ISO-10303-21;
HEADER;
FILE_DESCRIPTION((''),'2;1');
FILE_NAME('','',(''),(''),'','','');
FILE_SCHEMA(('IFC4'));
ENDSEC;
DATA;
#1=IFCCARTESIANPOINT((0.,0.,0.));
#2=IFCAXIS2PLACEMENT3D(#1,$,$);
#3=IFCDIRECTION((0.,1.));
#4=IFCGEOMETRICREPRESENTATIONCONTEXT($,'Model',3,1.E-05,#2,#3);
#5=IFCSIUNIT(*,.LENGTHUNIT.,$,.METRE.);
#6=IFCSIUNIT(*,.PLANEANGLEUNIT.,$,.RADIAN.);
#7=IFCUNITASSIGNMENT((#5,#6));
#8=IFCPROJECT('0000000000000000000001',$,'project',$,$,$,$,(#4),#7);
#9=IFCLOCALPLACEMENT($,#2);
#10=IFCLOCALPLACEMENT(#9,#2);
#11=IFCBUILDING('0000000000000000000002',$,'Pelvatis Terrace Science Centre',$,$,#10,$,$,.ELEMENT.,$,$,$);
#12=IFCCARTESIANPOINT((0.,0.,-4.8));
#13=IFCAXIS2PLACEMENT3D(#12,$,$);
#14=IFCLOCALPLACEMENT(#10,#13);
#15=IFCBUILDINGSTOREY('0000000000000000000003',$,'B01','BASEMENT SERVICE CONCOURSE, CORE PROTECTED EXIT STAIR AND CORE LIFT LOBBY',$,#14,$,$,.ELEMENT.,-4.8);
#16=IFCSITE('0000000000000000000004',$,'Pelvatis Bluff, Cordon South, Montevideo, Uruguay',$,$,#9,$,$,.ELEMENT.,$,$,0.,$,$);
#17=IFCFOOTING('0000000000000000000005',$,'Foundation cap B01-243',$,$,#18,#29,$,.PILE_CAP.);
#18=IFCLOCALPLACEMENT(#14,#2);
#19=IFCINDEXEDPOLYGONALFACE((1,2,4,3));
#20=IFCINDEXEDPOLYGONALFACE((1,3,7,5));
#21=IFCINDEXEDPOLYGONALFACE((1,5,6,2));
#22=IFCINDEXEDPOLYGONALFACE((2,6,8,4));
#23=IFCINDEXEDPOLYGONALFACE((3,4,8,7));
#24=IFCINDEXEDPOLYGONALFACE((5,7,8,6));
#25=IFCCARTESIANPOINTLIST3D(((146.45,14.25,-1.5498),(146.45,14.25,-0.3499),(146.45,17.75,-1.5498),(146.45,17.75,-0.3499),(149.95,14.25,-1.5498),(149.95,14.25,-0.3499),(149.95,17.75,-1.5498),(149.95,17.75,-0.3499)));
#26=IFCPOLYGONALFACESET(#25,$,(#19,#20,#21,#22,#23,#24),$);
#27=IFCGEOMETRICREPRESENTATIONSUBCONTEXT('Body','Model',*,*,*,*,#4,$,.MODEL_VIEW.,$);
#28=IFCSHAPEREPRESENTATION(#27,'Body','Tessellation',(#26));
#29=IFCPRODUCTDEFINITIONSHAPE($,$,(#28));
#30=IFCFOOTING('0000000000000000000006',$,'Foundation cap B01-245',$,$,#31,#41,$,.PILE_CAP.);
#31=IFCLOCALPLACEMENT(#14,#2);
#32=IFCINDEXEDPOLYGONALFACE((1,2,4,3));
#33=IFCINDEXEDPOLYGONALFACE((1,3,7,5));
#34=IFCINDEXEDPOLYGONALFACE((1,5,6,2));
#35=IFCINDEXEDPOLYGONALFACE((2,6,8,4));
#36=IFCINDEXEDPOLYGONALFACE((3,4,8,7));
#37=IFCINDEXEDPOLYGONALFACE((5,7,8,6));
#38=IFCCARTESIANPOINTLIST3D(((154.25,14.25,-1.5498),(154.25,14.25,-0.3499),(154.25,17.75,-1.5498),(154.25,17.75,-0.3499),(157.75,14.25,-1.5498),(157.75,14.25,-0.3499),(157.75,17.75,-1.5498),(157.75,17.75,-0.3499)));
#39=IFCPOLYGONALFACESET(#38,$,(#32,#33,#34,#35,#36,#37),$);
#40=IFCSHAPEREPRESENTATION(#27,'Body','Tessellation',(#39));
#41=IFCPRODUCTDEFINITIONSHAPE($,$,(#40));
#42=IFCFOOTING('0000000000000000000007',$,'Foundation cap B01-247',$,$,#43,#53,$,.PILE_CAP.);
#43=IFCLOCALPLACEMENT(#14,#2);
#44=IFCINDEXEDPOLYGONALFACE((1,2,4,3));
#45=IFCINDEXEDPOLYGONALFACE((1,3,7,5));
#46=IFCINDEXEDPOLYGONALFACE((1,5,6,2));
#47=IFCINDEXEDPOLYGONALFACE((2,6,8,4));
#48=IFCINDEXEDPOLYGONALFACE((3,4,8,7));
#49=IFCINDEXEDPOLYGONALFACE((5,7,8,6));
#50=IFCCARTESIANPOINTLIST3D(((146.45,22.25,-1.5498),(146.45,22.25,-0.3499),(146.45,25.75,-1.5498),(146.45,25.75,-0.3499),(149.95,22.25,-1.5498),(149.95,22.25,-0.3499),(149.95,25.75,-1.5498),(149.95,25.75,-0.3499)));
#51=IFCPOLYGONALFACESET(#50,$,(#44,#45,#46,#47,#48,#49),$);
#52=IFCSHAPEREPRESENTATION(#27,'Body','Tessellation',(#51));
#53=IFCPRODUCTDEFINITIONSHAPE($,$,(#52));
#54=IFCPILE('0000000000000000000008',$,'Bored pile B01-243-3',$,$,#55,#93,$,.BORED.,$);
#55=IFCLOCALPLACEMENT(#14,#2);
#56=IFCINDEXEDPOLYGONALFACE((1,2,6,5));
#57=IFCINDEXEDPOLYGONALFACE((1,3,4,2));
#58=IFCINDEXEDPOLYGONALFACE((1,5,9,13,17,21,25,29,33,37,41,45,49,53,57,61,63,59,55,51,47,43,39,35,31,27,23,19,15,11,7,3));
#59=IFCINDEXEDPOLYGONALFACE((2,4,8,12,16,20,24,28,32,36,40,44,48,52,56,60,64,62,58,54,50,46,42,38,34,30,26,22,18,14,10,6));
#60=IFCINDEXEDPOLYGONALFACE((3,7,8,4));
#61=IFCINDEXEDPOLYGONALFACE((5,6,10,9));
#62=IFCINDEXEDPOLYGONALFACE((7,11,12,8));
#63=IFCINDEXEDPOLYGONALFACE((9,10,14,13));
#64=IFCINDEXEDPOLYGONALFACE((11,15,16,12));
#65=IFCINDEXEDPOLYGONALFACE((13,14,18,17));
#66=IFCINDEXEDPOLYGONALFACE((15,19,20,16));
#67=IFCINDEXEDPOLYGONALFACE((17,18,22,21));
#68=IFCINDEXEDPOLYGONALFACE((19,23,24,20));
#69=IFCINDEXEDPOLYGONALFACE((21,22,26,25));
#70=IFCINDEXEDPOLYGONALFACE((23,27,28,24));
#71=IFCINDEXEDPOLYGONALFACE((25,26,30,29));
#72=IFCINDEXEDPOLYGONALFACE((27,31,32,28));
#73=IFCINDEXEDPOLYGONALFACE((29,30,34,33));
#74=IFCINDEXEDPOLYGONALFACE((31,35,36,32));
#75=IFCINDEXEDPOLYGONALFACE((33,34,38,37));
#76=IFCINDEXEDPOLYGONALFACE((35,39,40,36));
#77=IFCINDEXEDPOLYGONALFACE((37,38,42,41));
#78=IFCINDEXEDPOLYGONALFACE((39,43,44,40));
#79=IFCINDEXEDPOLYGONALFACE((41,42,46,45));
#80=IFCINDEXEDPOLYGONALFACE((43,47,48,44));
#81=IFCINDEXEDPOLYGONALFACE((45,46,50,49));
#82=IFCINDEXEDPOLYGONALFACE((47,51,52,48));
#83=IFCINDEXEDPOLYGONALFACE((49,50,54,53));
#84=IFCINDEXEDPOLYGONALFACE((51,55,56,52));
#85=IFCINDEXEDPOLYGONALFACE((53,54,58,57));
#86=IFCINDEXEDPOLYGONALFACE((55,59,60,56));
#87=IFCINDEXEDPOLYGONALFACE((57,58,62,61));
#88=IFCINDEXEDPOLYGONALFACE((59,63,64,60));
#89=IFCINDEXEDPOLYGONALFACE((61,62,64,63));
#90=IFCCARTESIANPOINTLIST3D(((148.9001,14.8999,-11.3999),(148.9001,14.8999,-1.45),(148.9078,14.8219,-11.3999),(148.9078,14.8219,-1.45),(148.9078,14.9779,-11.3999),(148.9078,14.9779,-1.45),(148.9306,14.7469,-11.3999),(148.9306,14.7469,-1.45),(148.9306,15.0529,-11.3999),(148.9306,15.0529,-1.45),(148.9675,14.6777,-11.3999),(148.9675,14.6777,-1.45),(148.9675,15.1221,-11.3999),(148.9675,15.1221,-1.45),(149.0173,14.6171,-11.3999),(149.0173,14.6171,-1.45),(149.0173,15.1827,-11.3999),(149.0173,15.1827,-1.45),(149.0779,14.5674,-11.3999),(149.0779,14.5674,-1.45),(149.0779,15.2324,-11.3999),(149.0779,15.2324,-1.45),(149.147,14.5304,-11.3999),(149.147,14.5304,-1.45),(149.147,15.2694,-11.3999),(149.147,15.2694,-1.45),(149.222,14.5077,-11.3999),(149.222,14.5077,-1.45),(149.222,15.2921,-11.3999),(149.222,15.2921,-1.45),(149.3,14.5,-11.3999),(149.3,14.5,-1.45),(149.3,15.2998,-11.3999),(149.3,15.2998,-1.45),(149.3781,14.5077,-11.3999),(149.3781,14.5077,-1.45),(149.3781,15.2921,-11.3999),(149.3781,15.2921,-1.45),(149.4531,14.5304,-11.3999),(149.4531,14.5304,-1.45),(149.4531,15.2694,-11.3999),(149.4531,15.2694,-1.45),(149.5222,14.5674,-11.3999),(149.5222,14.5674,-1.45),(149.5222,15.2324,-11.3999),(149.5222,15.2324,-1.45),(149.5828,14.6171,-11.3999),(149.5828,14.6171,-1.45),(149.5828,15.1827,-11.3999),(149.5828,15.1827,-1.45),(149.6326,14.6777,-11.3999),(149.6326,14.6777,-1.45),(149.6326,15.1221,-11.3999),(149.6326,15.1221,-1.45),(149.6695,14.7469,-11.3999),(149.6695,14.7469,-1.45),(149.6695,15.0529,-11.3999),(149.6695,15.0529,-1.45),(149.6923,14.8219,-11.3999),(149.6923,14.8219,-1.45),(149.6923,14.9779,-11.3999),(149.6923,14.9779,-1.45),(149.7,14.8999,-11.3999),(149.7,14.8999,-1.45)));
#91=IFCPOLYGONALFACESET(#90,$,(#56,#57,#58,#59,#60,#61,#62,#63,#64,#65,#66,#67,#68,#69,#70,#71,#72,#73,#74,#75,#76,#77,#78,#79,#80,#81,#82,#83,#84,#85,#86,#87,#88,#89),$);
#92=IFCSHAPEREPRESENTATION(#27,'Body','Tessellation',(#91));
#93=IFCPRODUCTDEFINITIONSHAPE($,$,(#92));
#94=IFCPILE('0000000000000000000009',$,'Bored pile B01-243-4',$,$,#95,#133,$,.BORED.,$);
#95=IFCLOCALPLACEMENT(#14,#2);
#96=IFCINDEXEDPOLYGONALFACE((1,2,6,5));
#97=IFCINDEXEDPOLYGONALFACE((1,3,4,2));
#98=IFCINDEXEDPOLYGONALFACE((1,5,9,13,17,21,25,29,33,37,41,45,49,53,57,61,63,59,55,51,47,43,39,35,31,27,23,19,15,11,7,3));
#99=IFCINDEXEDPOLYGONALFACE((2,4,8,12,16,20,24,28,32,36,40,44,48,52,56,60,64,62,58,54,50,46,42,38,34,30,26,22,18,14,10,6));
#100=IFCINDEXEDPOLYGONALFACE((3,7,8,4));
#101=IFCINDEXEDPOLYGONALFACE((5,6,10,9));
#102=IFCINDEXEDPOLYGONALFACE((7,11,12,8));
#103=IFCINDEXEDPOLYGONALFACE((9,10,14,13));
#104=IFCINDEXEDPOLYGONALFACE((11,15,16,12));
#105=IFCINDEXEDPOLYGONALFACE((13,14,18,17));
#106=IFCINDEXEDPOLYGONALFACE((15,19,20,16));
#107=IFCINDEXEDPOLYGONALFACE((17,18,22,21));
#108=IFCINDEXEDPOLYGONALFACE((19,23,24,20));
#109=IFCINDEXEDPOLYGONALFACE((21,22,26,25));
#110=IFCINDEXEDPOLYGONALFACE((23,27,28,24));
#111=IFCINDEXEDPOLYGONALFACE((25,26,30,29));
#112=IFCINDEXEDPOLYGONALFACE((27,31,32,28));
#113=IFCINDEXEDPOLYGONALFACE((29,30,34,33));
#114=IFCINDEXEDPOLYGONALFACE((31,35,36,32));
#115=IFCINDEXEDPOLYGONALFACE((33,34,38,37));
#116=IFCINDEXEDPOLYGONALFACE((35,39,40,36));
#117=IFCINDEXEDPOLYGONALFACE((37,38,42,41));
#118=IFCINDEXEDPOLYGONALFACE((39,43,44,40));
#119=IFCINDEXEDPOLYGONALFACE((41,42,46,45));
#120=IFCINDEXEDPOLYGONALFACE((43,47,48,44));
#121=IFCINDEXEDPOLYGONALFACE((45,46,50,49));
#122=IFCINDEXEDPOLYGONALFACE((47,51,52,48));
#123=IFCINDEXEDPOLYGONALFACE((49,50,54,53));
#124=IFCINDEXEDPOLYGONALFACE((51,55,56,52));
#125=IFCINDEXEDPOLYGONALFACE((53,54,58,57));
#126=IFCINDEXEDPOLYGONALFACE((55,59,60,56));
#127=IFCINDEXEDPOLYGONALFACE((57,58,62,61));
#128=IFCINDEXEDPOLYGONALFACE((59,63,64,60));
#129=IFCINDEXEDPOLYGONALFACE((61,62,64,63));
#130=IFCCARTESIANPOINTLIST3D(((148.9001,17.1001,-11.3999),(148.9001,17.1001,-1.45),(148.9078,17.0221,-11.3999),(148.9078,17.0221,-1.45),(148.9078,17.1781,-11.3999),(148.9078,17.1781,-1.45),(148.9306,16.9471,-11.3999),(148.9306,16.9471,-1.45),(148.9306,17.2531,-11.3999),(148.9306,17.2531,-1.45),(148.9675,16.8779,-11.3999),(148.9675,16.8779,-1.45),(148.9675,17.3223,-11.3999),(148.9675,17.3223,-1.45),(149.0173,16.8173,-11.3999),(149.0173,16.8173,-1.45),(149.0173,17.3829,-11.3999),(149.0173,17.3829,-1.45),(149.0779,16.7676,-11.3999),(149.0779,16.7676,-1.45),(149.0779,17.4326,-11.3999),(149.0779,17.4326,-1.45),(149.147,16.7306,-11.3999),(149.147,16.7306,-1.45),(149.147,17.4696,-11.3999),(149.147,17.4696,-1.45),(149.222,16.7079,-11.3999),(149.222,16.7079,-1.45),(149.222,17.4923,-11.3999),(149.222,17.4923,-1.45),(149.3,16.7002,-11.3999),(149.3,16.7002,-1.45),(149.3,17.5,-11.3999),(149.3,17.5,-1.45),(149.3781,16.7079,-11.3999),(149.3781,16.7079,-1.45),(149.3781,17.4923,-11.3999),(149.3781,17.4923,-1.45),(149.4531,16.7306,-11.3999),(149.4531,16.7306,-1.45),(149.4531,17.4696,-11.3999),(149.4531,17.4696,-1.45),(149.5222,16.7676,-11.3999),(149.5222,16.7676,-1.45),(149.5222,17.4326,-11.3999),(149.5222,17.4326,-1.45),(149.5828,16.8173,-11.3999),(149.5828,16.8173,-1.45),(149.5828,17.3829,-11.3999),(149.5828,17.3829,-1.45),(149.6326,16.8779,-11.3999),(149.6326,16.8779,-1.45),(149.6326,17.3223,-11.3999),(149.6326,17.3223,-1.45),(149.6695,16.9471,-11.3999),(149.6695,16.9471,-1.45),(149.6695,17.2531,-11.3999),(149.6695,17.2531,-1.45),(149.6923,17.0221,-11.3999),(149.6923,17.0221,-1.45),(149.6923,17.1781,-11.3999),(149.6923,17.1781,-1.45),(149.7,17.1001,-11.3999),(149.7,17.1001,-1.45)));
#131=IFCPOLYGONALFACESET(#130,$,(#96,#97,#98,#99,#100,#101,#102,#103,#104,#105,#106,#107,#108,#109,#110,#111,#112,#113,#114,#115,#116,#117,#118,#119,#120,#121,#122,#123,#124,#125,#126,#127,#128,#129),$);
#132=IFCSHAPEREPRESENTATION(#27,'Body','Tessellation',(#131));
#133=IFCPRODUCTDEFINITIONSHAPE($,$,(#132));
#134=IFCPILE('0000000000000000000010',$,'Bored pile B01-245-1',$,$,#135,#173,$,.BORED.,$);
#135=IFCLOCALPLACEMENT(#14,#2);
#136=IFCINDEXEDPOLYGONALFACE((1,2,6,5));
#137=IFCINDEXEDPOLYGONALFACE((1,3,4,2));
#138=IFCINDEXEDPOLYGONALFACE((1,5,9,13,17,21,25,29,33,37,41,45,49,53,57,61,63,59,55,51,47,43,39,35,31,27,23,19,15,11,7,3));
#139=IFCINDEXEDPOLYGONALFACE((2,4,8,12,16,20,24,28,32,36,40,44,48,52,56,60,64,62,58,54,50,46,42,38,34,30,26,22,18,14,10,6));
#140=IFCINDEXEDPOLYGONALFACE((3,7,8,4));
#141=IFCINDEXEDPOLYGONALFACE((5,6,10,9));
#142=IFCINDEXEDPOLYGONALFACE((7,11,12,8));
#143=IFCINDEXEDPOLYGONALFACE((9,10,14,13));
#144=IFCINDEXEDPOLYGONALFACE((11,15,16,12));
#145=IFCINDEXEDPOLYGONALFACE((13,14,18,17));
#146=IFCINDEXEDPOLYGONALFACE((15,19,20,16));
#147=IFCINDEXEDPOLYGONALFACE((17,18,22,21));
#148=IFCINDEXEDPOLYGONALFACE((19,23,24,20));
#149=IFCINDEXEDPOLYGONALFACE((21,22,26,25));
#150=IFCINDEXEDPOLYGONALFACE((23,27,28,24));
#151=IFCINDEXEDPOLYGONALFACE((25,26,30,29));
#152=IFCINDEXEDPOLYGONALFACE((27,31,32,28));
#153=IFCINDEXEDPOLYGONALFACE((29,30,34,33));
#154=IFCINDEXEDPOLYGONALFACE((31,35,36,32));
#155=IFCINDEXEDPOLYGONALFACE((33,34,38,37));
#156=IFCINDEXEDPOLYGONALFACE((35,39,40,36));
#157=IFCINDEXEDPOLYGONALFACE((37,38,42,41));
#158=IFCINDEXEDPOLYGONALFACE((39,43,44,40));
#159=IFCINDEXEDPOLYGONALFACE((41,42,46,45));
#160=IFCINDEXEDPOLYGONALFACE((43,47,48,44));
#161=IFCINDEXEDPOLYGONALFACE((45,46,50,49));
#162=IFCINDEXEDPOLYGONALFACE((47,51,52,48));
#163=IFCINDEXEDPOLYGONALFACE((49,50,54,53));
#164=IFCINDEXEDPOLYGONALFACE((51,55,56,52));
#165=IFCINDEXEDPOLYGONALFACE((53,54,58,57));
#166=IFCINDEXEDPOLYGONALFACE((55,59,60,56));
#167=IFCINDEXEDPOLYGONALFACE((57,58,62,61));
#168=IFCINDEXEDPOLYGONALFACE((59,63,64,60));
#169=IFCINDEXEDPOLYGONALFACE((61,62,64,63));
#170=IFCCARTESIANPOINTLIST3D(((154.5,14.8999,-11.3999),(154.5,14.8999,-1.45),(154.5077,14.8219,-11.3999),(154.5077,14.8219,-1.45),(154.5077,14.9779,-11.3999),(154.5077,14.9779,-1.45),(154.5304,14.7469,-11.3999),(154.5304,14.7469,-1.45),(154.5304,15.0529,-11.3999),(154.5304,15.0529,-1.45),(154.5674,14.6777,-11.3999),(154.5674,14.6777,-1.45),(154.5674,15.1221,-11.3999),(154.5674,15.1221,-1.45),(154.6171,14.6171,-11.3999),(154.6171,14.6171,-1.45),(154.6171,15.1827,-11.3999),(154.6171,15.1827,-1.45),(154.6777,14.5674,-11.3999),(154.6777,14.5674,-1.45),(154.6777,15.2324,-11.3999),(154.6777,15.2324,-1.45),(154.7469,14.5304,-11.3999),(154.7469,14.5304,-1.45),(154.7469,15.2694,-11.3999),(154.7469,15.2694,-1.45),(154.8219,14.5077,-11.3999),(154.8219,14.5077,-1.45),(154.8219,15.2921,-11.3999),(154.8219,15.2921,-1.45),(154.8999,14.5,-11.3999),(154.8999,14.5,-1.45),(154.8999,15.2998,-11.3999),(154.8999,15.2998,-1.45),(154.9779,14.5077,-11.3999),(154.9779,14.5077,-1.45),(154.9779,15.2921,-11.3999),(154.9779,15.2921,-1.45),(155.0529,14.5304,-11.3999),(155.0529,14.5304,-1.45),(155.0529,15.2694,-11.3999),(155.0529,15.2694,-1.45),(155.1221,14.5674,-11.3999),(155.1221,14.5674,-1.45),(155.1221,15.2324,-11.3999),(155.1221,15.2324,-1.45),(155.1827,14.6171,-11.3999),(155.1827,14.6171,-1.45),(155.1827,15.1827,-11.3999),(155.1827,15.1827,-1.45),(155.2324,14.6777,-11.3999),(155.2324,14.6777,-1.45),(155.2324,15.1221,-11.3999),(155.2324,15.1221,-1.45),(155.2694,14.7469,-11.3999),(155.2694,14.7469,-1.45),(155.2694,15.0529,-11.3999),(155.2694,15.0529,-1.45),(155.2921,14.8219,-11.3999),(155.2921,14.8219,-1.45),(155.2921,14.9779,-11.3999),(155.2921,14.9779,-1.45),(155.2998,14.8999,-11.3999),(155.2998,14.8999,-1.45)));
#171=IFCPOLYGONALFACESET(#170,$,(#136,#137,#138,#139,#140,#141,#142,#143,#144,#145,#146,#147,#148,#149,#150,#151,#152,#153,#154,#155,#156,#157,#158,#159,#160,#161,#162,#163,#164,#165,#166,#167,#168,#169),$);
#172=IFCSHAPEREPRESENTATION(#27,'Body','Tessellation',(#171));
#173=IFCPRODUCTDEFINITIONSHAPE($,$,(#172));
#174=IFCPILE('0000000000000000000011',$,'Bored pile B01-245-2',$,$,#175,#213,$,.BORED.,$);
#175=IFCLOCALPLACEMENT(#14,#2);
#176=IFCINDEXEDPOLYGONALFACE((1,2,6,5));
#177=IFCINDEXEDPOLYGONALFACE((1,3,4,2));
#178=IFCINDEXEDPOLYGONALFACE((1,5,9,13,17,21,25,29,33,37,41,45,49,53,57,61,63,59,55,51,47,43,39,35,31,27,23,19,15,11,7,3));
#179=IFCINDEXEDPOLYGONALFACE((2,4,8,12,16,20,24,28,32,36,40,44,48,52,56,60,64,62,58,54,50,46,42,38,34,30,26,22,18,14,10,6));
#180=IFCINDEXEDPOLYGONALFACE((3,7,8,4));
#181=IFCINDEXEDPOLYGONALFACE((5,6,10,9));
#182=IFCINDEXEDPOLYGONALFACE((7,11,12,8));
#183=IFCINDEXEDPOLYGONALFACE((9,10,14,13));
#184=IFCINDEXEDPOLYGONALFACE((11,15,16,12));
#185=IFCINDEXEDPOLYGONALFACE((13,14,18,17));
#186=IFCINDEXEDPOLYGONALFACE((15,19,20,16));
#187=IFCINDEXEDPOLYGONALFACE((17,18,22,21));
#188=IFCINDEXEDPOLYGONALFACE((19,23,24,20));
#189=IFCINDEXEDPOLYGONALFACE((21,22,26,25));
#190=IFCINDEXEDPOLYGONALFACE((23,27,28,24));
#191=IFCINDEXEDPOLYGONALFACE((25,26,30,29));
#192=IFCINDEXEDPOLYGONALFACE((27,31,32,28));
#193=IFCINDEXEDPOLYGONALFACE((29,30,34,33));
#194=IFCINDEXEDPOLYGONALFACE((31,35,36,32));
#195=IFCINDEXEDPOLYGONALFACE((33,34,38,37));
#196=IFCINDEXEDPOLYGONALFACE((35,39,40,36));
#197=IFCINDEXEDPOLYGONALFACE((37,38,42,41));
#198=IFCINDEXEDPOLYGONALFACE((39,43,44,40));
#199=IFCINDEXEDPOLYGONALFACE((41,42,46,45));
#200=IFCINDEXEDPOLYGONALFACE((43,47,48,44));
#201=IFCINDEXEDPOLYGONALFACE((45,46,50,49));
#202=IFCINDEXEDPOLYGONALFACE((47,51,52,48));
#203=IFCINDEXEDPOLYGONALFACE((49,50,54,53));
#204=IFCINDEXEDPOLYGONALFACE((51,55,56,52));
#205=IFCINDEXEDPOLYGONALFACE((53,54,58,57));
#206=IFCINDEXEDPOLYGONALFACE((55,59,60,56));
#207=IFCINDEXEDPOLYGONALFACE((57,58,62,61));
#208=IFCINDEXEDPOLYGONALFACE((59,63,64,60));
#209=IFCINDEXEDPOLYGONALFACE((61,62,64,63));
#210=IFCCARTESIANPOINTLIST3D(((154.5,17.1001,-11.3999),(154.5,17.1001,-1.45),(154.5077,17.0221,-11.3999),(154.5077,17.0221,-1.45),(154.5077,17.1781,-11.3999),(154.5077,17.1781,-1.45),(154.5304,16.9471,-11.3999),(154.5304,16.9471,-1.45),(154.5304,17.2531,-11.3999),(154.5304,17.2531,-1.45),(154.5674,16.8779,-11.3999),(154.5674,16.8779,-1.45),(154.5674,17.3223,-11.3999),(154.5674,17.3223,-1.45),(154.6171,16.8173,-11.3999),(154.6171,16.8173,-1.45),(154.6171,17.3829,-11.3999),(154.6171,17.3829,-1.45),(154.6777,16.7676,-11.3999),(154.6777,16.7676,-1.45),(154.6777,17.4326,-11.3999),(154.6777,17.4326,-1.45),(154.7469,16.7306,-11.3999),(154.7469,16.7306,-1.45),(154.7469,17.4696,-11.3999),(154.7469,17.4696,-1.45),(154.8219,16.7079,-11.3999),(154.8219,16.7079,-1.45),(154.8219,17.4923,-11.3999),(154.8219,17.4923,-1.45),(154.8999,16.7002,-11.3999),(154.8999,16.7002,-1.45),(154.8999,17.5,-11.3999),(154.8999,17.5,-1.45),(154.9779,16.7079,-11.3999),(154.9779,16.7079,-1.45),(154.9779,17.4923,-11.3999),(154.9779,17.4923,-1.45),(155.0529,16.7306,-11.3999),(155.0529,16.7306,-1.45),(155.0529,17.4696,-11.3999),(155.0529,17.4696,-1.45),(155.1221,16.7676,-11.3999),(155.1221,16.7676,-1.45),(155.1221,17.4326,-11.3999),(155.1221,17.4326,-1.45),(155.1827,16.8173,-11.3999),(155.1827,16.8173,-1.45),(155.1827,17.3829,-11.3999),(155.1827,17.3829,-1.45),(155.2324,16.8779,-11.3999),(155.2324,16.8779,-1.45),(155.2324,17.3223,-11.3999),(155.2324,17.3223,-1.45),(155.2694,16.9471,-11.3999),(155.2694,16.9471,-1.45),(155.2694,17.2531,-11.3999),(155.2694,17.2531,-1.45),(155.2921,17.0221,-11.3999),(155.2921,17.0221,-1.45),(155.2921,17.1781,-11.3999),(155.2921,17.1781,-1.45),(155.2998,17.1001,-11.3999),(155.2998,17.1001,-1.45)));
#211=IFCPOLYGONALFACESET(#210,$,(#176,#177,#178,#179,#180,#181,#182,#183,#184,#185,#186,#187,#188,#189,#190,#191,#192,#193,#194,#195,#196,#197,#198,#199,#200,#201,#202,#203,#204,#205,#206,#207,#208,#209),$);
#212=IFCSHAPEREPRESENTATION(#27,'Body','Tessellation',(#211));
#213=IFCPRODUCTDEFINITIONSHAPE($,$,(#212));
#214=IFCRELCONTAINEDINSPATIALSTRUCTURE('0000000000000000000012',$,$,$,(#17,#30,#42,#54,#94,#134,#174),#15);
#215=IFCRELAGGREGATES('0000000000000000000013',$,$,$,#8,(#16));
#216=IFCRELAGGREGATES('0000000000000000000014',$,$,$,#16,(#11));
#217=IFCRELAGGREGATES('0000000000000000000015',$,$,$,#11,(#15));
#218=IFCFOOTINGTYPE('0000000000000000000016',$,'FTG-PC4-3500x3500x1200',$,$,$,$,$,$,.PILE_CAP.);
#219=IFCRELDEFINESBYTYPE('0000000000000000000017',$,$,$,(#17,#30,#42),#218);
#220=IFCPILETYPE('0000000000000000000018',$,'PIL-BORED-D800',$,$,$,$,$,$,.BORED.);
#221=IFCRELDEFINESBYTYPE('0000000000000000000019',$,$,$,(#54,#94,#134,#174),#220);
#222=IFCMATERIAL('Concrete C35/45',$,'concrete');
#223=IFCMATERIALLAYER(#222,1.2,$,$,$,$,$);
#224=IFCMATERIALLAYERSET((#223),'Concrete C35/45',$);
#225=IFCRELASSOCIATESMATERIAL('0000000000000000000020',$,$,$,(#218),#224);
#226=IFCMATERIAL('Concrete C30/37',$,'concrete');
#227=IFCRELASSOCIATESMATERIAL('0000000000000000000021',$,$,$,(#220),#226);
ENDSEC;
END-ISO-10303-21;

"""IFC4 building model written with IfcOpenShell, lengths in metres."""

from ifc_helpers import new_model, si_unit, direction, frame, origin, origin_2d, place, context, subcontext, project, spatial, rectangle, circle, extrude, material, layer, layer_set, material_profile, profile_set, type_object, element, save


model = new_model("IFC4")

# Units and contexts
model_context = context("Model", 3, precision=1e-05, world=origin(), true_north=direction((0.0, 1.0)))
body_context = subcontext(model_context, "Body", "Model", "MODEL_VIEW")
ifc_project = project(units=[si_unit("LENGTHUNIT", "METRE"), si_unit("PLANEANGLEUNIT", "RADIAN")], contexts=[model_context])

# Site, building, storey
site_placement = place(None, origin())
site = spatial("IfcSite", under=ifc_project, at=site_placement, Name="Pelvatis Bluff, Cordon South, Montevideo, Uruguay", CompositionType="ELEMENT", RefElevation=0.0)
building_placement = place(site_placement, origin())
building = spatial("IfcBuilding", under=site, at=building_placement, Name="Pelvatis Terrace Science Centre", CompositionType="ELEMENT")
storey_placement = place(building_placement, frame((0.0, 0.0, -4.8)))
storey = spatial("IfcBuildingStorey", under=building, at=storey_placement, Name="B01", Description="BASEMENT SERVICE CONCOURSE, CORE PROTECTED EXIT STAIR AND CORE LIFT LOBBY", CompositionType="ELEMENT", Elevation=-4.8)

# Footings
ifc_material_1 = material(Name="Concrete C35/45", Category="concrete")
ifc_layer_1 = layer(ifc_material_1, 1.2)
ifc_layer_set_1 = layer_set([ifc_layer_1], Name="Concrete C35/45")
footing_type = type_object("IfcFootingType", Name="FTG-PC4-3500x3500x1200", PredefinedType="PILE_CAP", material=ifc_layer_set_1)
for number, where, z_axis, x_axis, name in (
    (1, (148.2, 16.0, -1.5498), (0.0, 0.0, 1.0), (1.0, 0.0, 0.0), "Foundation cap B01-243"),
    (2, (156.0, 16.0, -1.5498), (0.0, 0.0, 1.0), (1.0, 0.0, 0.0), "Foundation cap B01-245"),
    (3, (148.2, 24.0, -1.5498), (0.0, 0.0, 1.0), (1.0, 0.0, 0.0), "Foundation cap B01-247"),
):
    element("IfcFooting", number, at=place(storey_placement, frame(where, z_axis=z_axis, x_axis=x_axis)), inside=storey, type_object=footing_type, Name=name, PredefinedType="PILE_CAP", context=body_context, shape_type="SweptSolid", body=[
        extrude(rectangle(XDim=3.5, YDim=3.5, at=origin_2d()), origin(), (0.0, 0.0, 1.0), 1.2),
    ])

# Piles
ifc_material_2 = material(Name="Concrete C30/37", Category="concrete")
ifc_material_profile_1 = material_profile(ifc_material_2, circle(Radius=0.3999, at=origin_2d()), Name="PILE D800")
ifc_profile_set_1 = profile_set([ifc_material_profile_1], Name="Concrete C30/37")
pile_type = type_object("IfcPileType", Name="PIL-BORED-D800", PredefinedType="BORED", material=ifc_profile_set_1)
for number, where, z_axis, x_axis, name in (
    (4, (149.3, 14.8999, -1.45), (0.0, 0.0, -1.0), (1.0, 0.0, 0.0), "Bored pile B01-243-3"),
    (5, (149.3, 17.1001, -1.45), (0.0, 0.0, -1.0), (1.0, 0.0, 0.0), "Bored pile B01-243-4"),
    (6, (154.8999, 14.8999, -1.45), (0.0, 0.0, -1.0), (1.0, 0.0, 0.0), "Bored pile B01-245-1"),
    (7, (154.8999, 17.1001, -1.45), (0.0, 0.0, -1.0), (1.0, 0.0, 0.0), "Bored pile B01-245-2"),
):
    element("IfcPile", number, at=place(storey_placement, frame(where, z_axis=z_axis, x_axis=x_axis)), inside=storey, type_object=pile_type, Name=name, PredefinedType="BORED", context=body_context, shape_type="SweptSolid", body=[
        extrude(circle(Radius=0.3999, at=origin_2d()), origin(), (0.0, 0.0, 1.0), 9.95),
    ])

save(model, "model.ifc")
